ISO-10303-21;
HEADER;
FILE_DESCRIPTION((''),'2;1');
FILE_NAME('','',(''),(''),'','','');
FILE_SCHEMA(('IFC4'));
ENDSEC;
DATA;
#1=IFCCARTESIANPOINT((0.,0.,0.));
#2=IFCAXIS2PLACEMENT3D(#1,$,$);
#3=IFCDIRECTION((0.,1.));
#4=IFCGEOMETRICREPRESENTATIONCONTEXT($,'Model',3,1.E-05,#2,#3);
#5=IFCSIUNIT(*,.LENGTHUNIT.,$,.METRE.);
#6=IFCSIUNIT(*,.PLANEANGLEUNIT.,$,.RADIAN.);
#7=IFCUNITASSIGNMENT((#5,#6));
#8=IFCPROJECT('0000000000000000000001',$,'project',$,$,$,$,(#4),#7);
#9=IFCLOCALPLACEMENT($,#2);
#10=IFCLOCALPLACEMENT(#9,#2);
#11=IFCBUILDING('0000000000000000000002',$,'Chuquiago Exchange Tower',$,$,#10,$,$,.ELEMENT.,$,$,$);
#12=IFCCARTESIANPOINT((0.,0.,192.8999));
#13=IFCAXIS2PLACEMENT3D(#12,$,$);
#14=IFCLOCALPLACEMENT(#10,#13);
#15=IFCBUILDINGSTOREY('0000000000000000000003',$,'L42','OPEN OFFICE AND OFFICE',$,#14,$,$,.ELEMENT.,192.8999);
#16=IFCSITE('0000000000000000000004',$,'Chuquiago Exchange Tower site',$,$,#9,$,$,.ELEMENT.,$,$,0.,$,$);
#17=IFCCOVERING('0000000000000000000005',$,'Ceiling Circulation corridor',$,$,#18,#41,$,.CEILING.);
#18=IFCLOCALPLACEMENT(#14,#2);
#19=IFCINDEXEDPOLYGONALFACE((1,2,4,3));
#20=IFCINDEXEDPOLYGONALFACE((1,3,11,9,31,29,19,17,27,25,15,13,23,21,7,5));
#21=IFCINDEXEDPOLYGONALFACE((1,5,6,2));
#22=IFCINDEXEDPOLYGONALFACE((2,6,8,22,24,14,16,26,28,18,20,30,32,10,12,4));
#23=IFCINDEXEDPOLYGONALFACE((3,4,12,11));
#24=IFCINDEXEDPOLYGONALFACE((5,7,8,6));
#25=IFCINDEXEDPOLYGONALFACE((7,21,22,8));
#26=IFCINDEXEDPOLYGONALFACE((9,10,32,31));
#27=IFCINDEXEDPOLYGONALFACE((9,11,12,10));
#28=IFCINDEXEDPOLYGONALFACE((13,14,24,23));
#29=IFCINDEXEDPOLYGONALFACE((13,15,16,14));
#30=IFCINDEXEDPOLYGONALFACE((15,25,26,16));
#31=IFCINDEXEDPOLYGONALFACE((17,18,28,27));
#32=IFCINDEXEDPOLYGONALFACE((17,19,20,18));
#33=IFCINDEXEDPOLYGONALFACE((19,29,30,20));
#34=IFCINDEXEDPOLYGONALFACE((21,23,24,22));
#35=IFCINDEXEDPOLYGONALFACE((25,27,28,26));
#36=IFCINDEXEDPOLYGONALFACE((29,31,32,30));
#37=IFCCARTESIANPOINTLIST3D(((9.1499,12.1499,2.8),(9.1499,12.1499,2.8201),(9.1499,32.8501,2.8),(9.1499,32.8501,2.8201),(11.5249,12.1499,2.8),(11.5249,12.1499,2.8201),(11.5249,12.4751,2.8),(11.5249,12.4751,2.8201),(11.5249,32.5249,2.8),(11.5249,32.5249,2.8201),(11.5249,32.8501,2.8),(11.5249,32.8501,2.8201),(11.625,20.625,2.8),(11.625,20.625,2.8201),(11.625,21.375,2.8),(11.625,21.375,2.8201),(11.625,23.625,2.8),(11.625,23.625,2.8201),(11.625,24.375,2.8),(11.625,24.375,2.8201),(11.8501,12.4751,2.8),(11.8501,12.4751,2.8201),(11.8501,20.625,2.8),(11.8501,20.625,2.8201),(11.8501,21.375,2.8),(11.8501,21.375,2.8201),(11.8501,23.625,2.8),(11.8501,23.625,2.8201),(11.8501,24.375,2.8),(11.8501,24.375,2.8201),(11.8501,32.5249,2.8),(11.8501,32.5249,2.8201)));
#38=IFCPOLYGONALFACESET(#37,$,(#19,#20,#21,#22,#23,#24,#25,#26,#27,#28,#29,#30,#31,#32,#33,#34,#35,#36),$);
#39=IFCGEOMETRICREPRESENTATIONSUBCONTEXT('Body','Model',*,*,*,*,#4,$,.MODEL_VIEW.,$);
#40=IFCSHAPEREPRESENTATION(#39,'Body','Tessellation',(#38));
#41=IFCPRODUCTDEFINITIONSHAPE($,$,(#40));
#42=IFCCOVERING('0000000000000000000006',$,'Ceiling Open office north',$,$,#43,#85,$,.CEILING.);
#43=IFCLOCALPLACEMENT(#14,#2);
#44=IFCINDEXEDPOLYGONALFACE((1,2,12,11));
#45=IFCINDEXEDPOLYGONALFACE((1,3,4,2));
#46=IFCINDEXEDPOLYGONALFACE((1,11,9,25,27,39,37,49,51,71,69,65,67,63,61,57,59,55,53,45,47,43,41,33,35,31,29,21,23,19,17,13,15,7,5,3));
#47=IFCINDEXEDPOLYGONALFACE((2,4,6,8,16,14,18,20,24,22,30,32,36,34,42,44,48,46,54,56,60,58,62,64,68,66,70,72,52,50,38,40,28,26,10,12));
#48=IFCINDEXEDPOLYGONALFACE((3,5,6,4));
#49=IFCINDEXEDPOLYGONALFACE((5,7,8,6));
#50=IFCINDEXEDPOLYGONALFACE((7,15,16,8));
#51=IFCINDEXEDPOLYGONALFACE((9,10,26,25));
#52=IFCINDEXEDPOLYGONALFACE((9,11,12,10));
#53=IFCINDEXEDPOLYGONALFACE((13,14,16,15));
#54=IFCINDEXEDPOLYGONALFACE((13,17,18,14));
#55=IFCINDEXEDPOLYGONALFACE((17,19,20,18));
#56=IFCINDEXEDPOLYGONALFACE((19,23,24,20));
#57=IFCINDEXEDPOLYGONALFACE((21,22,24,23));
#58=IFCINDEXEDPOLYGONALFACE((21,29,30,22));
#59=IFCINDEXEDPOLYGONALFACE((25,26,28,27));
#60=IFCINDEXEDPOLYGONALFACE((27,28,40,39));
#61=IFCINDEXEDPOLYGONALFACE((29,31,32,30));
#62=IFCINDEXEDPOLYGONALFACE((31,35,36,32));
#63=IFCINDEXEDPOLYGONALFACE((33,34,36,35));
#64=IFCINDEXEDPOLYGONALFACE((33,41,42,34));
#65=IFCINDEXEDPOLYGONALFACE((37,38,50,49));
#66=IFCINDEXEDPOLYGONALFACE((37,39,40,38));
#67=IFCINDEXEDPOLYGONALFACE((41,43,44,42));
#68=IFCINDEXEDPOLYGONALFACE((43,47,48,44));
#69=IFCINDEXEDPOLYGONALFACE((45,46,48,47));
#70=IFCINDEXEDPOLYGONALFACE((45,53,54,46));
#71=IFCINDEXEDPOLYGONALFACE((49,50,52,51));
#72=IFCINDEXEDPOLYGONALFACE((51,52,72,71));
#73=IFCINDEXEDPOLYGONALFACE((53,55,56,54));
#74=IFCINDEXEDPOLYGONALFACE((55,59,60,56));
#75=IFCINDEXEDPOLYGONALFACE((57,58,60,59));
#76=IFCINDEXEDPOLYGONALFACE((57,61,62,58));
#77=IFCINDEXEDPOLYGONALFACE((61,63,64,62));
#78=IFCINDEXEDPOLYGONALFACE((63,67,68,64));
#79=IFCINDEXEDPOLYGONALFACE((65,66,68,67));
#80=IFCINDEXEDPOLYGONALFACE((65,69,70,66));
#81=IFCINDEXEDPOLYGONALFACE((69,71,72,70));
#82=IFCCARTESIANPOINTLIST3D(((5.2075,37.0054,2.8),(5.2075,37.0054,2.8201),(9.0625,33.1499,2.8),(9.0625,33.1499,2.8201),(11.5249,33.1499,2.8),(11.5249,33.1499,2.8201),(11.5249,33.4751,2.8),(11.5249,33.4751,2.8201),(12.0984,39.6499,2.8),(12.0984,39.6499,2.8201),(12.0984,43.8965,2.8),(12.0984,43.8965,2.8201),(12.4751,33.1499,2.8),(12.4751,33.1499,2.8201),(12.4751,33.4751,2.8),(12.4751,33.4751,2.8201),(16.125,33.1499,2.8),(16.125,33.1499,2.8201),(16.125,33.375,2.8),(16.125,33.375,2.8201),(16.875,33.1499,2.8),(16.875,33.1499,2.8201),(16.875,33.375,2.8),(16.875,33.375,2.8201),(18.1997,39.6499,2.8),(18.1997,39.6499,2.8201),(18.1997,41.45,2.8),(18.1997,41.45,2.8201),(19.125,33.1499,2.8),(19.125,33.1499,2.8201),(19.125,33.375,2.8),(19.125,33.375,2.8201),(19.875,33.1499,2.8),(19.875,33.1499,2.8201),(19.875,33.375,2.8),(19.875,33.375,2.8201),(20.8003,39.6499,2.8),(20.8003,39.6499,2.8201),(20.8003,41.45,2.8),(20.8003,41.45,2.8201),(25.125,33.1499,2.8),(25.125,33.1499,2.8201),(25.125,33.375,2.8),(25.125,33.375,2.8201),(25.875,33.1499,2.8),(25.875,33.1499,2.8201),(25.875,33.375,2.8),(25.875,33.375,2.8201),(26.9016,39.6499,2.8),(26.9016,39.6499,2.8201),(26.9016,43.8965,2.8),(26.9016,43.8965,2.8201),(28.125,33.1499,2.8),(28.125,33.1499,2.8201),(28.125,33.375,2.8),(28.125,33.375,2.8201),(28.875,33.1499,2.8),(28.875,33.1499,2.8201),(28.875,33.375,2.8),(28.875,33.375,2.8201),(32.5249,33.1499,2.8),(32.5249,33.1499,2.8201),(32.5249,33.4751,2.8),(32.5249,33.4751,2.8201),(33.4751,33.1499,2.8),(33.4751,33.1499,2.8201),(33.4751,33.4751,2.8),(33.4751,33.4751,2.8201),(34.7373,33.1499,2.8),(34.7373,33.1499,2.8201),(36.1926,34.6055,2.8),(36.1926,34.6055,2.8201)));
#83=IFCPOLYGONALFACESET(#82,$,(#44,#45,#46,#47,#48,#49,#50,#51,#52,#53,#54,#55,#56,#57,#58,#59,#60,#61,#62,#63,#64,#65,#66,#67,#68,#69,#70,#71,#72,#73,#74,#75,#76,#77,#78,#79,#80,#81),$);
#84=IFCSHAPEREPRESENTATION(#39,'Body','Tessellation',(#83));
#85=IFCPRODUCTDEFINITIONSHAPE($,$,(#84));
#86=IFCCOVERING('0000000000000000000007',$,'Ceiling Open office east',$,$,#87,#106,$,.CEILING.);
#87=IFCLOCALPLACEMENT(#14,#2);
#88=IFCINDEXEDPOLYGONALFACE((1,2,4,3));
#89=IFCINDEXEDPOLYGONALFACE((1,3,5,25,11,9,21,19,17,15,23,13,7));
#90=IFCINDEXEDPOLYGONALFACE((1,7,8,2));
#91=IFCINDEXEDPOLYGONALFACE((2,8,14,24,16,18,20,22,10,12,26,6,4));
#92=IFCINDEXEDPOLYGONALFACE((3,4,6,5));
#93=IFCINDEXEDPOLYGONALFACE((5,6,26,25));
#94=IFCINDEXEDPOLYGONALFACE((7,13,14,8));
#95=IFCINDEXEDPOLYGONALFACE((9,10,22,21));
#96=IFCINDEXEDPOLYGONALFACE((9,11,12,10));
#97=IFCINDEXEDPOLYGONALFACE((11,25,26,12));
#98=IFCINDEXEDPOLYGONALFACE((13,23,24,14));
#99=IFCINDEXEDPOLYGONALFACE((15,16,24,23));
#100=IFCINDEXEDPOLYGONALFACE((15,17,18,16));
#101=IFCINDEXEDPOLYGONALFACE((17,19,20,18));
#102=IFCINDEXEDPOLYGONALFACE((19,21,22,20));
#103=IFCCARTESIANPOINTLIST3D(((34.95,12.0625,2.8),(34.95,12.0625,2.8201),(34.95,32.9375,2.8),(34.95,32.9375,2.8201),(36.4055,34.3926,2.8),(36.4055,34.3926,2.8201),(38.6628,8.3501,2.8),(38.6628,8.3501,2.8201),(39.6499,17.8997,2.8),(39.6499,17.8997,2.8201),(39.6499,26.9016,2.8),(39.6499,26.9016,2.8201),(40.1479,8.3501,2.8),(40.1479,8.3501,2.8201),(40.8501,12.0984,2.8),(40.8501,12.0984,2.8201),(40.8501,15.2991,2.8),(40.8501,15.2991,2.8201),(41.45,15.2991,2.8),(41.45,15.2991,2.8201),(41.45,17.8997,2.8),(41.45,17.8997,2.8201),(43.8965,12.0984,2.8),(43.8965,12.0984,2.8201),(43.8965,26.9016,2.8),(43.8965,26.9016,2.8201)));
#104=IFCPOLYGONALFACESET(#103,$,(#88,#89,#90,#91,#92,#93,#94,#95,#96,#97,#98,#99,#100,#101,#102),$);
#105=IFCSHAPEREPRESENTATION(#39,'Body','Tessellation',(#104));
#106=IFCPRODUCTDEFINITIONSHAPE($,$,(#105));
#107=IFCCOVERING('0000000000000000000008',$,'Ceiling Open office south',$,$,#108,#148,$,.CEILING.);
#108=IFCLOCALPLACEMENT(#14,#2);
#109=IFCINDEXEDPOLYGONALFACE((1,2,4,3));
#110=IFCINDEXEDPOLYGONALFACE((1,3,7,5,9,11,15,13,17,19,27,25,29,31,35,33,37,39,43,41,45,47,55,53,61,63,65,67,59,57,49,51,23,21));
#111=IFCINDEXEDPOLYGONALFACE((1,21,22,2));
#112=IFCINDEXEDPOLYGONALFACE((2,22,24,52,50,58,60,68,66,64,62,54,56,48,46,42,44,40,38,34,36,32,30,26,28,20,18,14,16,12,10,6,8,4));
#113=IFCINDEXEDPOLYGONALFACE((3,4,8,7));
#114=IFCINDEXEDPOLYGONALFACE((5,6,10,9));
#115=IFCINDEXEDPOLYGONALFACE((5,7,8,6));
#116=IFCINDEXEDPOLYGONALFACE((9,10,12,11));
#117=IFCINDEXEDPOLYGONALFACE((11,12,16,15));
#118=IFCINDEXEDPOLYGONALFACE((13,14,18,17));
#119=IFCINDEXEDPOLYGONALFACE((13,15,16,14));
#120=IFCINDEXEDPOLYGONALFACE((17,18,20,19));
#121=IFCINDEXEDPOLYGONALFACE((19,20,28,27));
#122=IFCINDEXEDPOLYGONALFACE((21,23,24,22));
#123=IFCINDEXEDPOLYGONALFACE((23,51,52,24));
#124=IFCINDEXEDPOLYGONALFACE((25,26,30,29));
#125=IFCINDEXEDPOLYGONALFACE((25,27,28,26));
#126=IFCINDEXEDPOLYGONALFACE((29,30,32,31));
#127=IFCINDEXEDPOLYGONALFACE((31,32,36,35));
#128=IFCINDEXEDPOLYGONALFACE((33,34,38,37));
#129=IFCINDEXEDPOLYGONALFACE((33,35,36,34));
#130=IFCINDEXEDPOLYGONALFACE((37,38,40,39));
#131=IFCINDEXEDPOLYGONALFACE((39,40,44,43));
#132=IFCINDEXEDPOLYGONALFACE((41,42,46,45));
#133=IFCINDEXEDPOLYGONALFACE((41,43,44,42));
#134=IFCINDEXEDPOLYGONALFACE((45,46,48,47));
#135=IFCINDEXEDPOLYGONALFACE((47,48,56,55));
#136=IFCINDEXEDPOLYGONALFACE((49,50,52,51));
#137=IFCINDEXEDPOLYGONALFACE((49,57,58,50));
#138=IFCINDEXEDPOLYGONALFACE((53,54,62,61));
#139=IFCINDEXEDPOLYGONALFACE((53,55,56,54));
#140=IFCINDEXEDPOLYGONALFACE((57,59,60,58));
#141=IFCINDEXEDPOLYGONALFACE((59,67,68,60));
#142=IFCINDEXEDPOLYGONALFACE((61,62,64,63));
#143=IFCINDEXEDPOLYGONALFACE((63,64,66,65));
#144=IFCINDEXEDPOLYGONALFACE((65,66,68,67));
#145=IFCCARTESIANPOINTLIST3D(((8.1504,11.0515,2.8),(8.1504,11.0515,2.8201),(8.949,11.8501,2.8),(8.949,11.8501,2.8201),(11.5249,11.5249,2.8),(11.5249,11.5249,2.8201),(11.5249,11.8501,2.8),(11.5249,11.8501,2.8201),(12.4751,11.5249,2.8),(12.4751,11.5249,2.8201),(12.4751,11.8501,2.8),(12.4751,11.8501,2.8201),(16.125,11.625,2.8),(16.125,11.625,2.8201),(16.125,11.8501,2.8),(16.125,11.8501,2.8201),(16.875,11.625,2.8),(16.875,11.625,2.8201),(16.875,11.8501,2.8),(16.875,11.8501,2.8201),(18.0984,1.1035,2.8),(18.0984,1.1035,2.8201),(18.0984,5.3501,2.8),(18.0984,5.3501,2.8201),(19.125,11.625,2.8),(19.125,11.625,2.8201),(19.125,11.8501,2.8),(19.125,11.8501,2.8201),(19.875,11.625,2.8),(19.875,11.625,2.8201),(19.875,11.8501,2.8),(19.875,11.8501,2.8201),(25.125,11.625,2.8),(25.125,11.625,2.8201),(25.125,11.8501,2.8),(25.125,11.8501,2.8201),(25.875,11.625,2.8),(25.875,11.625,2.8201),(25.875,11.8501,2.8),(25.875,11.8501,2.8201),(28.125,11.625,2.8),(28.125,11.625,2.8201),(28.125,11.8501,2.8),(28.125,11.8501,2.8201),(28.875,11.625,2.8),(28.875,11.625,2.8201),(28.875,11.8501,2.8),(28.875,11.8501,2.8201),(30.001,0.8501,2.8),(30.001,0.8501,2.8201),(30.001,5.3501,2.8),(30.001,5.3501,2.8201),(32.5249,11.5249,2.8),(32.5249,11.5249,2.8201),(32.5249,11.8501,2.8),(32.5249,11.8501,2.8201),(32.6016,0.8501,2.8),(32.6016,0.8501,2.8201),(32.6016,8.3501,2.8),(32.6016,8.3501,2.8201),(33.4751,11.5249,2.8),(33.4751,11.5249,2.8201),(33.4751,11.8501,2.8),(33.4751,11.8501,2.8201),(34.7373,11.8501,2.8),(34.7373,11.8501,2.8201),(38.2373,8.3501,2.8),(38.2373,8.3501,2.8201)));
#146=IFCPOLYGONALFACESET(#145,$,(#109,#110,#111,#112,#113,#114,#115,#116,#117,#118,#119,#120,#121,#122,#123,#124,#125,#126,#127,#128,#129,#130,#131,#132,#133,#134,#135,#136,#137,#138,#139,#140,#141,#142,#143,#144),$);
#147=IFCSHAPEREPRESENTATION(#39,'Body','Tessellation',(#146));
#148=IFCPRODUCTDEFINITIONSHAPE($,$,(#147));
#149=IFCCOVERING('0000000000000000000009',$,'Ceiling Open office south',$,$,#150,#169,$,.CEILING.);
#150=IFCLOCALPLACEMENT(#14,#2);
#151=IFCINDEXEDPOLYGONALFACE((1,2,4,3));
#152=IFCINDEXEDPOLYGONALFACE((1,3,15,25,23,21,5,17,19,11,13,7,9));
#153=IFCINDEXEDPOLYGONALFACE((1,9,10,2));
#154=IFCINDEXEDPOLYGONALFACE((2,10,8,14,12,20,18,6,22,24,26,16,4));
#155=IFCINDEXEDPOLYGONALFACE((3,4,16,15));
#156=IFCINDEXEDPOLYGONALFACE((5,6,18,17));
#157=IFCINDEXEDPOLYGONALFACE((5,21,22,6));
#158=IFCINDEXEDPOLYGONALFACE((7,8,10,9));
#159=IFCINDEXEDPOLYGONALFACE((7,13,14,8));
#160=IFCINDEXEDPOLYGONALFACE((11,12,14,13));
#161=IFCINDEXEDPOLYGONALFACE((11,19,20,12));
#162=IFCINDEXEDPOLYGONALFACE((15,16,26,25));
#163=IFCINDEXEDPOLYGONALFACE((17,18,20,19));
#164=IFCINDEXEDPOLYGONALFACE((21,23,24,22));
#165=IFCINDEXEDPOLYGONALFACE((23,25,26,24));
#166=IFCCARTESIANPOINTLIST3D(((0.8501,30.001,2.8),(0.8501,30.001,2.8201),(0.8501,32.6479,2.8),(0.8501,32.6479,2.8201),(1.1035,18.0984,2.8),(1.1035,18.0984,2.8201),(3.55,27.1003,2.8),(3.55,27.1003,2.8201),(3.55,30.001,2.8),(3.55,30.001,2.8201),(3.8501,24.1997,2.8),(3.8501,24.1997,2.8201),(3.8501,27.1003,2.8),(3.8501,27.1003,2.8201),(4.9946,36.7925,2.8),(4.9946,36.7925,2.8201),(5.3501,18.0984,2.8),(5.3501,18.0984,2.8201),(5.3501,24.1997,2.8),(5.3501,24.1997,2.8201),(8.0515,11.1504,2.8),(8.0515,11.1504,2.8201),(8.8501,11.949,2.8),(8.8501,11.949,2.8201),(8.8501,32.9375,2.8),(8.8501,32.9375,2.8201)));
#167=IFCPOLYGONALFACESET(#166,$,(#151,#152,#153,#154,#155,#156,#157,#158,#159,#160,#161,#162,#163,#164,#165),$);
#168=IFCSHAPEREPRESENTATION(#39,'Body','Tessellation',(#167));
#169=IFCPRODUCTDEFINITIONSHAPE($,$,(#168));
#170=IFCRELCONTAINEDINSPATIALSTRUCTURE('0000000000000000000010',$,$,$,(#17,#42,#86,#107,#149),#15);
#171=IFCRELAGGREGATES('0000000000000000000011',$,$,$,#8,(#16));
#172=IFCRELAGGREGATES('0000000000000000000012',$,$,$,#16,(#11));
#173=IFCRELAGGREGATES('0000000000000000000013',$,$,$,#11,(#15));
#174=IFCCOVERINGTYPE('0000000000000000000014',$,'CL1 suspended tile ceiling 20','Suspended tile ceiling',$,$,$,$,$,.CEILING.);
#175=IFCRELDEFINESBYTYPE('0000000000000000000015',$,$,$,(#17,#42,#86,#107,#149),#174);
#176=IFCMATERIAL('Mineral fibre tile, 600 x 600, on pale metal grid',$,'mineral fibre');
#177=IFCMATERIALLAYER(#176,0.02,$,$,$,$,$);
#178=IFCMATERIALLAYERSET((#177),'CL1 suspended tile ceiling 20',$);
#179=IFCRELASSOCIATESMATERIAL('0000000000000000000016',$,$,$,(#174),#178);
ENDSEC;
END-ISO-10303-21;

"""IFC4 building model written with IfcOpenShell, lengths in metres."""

from ifc_helpers import new_model, si_unit, direction, frame, origin, place, context, subcontext, project, spatial, polyline, outline, extrude, material, layer, layer_set, type_object, element, save


model = new_model("IFC4")

# Units and contexts
model_context = context("Model", 3, precision=1e-05, world=origin(), true_north=direction((0.0, 1.0)))
body_context = subcontext(model_context, "Body", "Model", "MODEL_VIEW")
ifc_project = project(units=[si_unit("LENGTHUNIT", "METRE"), si_unit("PLANEANGLEUNIT", "RADIAN")], contexts=[model_context])

# Site, building, storey
site_placement = place(None, origin())
site = spatial("IfcSite", under=ifc_project, at=site_placement, Name="Chuquiago Exchange Tower site", CompositionType="ELEMENT", RefElevation=0.0)
building_placement = place(site_placement, origin())
building = spatial("IfcBuilding", under=site, at=building_placement, Name="Chuquiago Exchange Tower", CompositionType="ELEMENT")
storey_placement = place(building_placement, frame((0.0, 0.0, 192.8999)))
storey = spatial("IfcBuildingStorey", under=building, at=storey_placement, Name="L42", Description="OPEN OFFICE AND OFFICE", CompositionType="ELEMENT", Elevation=192.8999)

# Coverings
ifc_material_1 = material(Name="Mineral fibre tile, 600 x 600, on pale metal grid", Category="mineral fibre")
ifc_layer_1 = layer(ifc_material_1, 0.02)
ifc_layer_set_1 = layer_set([ifc_layer_1], Name="CL1 suspended tile ceiling 20")
covering_type_1 = type_object("IfcCoveringType", Name="CL1 suspended tile ceiling 20", Description="Suspended tile ceiling", PredefinedType="CEILING", material=ifc_layer_set_1)
covering_1_placement = place(storey_placement, frame((0.0, 0.0, 2.8)))
element("IfcCovering", 1, at=covering_1_placement, inside=storey, type_object=covering_type_1, Name="Ceiling Circulation corridor", PredefinedType="CEILING", context=body_context, shape_type="SweptSolid", body=[
    extrude(outline(polyline([(9.1499, 12.1499), (9.1499, 32.8501), (11.5249, 32.8501), (11.5249, 32.5249), (11.8501, 32.5249), (11.8501, 24.375), (11.625, 24.375), (11.625, 23.625), (11.8501, 23.625), (11.8501, 21.375), (11.625, 21.375), (11.625, 20.625), (11.8501, 20.625), (11.8501, 12.4751), (11.5249, 12.4751), (11.5249, 12.1499), (9.1499, 12.1499)])), origin(), (0.0, 0.0, 1.0), 0.02),
])
covering_2_placement = place(storey_placement, frame((0.0, 0.0, 2.8)))
element("IfcCovering", 2, at=covering_2_placement, inside=storey, type_object=covering_type_1, Name="Ceiling Open office north", PredefinedType="CEILING", context=body_context, shape_type="SweptSolid", body=[
    extrude(outline(polyline([(12.0984, 39.6499), (18.1997, 39.6499), (18.1997, 41.45), (20.8003, 41.45), (20.8003, 39.6499), (26.9016, 39.6499), (26.9016, 43.8965), (36.1926, 34.6055), (34.7373, 33.1499), (33.4751, 33.1499), (33.4751, 33.4751), (32.5249, 33.4751), (32.5249, 33.1499), (28.875, 33.1499), (28.875, 33.375), (28.125, 33.375), (28.125, 33.1499), (25.875, 33.1499), (25.875, 33.375), (25.125, 33.375), (25.125, 33.1499), (19.875, 33.1499), (19.875, 33.375), (19.125, 33.375), (19.125, 33.1499), (16.875, 33.1499), (16.875, 33.375), (16.125, 33.375), (16.125, 33.1499), (12.4751, 33.1499), (12.4751, 33.4751), (11.5249, 33.4751), (11.5249, 33.1499), (9.0625, 33.1499), (5.2075, 37.0054), (12.0984, 43.8965), (12.0984, 39.6499)])), origin(), (0.0, 0.0, 1.0), 0.02),
])
covering_3_placement = place(storey_placement, frame((0.0, 0.0, 2.8)))
element("IfcCovering", 3, at=covering_3_placement, inside=storey, type_object=covering_type_1, Name="Ceiling Open office east", PredefinedType="CEILING", context=body_context, shape_type="SweptSolid", body=[
    extrude(outline(polyline([(40.1479, 8.3501), (38.6628, 8.3501), (34.95, 12.0625), (34.95, 32.9375), (36.4055, 34.3926), (43.8965, 26.9016), (39.6499, 26.9016), (39.6499, 17.8997), (41.45, 17.8997), (41.45, 15.2991), (40.8501, 15.2991), (40.8501, 12.0984), (43.8965, 12.0984), (40.1479, 8.3501)])), origin(), (0.0, 0.0, 1.0), 0.02),
])
covering_4_placement = place(storey_placement, frame((0.0, 0.0, 2.8)))
element("IfcCovering", 4, at=covering_4_placement, inside=storey, type_object=covering_type_1, Name="Ceiling Open office south", PredefinedType="CEILING", context=body_context, shape_type="SweptSolid", body=[
    extrude(outline(polyline([(30.001, 0.8501), (30.001, 5.3501), (18.0984, 5.3501), (18.0984, 1.1035), (8.1504, 11.0515), (8.949, 11.8501), (11.5249, 11.8501), (11.5249, 11.5249), (12.4751, 11.5249), (12.4751, 11.8501), (16.125, 11.8501), (16.125, 11.625), (16.875, 11.625), (16.875, 11.8501), (19.125, 11.8501), (19.125, 11.625), (19.875, 11.625), (19.875, 11.8501), (25.125, 11.8501), (25.125, 11.625), (25.875, 11.625), (25.875, 11.8501), (28.125, 11.8501), (28.125, 11.625), (28.875, 11.625), (28.875, 11.8501), (32.5249, 11.8501), (32.5249, 11.5249), (33.4751, 11.5249), (33.4751, 11.8501), (34.7373, 11.8501), (38.2373, 8.3501), (32.6016, 8.3501), (32.6016, 0.8501), (30.001, 0.8501)])), origin(), (0.0, 0.0, 1.0), 0.02),
])
covering_5_placement = place(storey_placement, frame((0.0, 0.0, 2.8)))
element("IfcCovering", 5, at=covering_5_placement, inside=storey, type_object=covering_type_1, Name="Ceiling Open office south", PredefinedType="CEILING", context=body_context, shape_type="SweptSolid", body=[
    extrude(outline(polyline([(1.1035, 18.0984), (5.3501, 18.0984), (5.3501, 24.1997), (3.8501, 24.1997), (3.8501, 27.1003), (3.55, 27.1003), (3.55, 30.001), (0.8501, 30.001), (0.8501, 32.6479), (4.9946, 36.7925), (8.8501, 32.9375), (8.8501, 11.949), (8.0515, 11.1504), (1.1035, 18.0984)])), origin(), (0.0, 0.0, 1.0), 0.02),
])

save(model, "model.ifc")
